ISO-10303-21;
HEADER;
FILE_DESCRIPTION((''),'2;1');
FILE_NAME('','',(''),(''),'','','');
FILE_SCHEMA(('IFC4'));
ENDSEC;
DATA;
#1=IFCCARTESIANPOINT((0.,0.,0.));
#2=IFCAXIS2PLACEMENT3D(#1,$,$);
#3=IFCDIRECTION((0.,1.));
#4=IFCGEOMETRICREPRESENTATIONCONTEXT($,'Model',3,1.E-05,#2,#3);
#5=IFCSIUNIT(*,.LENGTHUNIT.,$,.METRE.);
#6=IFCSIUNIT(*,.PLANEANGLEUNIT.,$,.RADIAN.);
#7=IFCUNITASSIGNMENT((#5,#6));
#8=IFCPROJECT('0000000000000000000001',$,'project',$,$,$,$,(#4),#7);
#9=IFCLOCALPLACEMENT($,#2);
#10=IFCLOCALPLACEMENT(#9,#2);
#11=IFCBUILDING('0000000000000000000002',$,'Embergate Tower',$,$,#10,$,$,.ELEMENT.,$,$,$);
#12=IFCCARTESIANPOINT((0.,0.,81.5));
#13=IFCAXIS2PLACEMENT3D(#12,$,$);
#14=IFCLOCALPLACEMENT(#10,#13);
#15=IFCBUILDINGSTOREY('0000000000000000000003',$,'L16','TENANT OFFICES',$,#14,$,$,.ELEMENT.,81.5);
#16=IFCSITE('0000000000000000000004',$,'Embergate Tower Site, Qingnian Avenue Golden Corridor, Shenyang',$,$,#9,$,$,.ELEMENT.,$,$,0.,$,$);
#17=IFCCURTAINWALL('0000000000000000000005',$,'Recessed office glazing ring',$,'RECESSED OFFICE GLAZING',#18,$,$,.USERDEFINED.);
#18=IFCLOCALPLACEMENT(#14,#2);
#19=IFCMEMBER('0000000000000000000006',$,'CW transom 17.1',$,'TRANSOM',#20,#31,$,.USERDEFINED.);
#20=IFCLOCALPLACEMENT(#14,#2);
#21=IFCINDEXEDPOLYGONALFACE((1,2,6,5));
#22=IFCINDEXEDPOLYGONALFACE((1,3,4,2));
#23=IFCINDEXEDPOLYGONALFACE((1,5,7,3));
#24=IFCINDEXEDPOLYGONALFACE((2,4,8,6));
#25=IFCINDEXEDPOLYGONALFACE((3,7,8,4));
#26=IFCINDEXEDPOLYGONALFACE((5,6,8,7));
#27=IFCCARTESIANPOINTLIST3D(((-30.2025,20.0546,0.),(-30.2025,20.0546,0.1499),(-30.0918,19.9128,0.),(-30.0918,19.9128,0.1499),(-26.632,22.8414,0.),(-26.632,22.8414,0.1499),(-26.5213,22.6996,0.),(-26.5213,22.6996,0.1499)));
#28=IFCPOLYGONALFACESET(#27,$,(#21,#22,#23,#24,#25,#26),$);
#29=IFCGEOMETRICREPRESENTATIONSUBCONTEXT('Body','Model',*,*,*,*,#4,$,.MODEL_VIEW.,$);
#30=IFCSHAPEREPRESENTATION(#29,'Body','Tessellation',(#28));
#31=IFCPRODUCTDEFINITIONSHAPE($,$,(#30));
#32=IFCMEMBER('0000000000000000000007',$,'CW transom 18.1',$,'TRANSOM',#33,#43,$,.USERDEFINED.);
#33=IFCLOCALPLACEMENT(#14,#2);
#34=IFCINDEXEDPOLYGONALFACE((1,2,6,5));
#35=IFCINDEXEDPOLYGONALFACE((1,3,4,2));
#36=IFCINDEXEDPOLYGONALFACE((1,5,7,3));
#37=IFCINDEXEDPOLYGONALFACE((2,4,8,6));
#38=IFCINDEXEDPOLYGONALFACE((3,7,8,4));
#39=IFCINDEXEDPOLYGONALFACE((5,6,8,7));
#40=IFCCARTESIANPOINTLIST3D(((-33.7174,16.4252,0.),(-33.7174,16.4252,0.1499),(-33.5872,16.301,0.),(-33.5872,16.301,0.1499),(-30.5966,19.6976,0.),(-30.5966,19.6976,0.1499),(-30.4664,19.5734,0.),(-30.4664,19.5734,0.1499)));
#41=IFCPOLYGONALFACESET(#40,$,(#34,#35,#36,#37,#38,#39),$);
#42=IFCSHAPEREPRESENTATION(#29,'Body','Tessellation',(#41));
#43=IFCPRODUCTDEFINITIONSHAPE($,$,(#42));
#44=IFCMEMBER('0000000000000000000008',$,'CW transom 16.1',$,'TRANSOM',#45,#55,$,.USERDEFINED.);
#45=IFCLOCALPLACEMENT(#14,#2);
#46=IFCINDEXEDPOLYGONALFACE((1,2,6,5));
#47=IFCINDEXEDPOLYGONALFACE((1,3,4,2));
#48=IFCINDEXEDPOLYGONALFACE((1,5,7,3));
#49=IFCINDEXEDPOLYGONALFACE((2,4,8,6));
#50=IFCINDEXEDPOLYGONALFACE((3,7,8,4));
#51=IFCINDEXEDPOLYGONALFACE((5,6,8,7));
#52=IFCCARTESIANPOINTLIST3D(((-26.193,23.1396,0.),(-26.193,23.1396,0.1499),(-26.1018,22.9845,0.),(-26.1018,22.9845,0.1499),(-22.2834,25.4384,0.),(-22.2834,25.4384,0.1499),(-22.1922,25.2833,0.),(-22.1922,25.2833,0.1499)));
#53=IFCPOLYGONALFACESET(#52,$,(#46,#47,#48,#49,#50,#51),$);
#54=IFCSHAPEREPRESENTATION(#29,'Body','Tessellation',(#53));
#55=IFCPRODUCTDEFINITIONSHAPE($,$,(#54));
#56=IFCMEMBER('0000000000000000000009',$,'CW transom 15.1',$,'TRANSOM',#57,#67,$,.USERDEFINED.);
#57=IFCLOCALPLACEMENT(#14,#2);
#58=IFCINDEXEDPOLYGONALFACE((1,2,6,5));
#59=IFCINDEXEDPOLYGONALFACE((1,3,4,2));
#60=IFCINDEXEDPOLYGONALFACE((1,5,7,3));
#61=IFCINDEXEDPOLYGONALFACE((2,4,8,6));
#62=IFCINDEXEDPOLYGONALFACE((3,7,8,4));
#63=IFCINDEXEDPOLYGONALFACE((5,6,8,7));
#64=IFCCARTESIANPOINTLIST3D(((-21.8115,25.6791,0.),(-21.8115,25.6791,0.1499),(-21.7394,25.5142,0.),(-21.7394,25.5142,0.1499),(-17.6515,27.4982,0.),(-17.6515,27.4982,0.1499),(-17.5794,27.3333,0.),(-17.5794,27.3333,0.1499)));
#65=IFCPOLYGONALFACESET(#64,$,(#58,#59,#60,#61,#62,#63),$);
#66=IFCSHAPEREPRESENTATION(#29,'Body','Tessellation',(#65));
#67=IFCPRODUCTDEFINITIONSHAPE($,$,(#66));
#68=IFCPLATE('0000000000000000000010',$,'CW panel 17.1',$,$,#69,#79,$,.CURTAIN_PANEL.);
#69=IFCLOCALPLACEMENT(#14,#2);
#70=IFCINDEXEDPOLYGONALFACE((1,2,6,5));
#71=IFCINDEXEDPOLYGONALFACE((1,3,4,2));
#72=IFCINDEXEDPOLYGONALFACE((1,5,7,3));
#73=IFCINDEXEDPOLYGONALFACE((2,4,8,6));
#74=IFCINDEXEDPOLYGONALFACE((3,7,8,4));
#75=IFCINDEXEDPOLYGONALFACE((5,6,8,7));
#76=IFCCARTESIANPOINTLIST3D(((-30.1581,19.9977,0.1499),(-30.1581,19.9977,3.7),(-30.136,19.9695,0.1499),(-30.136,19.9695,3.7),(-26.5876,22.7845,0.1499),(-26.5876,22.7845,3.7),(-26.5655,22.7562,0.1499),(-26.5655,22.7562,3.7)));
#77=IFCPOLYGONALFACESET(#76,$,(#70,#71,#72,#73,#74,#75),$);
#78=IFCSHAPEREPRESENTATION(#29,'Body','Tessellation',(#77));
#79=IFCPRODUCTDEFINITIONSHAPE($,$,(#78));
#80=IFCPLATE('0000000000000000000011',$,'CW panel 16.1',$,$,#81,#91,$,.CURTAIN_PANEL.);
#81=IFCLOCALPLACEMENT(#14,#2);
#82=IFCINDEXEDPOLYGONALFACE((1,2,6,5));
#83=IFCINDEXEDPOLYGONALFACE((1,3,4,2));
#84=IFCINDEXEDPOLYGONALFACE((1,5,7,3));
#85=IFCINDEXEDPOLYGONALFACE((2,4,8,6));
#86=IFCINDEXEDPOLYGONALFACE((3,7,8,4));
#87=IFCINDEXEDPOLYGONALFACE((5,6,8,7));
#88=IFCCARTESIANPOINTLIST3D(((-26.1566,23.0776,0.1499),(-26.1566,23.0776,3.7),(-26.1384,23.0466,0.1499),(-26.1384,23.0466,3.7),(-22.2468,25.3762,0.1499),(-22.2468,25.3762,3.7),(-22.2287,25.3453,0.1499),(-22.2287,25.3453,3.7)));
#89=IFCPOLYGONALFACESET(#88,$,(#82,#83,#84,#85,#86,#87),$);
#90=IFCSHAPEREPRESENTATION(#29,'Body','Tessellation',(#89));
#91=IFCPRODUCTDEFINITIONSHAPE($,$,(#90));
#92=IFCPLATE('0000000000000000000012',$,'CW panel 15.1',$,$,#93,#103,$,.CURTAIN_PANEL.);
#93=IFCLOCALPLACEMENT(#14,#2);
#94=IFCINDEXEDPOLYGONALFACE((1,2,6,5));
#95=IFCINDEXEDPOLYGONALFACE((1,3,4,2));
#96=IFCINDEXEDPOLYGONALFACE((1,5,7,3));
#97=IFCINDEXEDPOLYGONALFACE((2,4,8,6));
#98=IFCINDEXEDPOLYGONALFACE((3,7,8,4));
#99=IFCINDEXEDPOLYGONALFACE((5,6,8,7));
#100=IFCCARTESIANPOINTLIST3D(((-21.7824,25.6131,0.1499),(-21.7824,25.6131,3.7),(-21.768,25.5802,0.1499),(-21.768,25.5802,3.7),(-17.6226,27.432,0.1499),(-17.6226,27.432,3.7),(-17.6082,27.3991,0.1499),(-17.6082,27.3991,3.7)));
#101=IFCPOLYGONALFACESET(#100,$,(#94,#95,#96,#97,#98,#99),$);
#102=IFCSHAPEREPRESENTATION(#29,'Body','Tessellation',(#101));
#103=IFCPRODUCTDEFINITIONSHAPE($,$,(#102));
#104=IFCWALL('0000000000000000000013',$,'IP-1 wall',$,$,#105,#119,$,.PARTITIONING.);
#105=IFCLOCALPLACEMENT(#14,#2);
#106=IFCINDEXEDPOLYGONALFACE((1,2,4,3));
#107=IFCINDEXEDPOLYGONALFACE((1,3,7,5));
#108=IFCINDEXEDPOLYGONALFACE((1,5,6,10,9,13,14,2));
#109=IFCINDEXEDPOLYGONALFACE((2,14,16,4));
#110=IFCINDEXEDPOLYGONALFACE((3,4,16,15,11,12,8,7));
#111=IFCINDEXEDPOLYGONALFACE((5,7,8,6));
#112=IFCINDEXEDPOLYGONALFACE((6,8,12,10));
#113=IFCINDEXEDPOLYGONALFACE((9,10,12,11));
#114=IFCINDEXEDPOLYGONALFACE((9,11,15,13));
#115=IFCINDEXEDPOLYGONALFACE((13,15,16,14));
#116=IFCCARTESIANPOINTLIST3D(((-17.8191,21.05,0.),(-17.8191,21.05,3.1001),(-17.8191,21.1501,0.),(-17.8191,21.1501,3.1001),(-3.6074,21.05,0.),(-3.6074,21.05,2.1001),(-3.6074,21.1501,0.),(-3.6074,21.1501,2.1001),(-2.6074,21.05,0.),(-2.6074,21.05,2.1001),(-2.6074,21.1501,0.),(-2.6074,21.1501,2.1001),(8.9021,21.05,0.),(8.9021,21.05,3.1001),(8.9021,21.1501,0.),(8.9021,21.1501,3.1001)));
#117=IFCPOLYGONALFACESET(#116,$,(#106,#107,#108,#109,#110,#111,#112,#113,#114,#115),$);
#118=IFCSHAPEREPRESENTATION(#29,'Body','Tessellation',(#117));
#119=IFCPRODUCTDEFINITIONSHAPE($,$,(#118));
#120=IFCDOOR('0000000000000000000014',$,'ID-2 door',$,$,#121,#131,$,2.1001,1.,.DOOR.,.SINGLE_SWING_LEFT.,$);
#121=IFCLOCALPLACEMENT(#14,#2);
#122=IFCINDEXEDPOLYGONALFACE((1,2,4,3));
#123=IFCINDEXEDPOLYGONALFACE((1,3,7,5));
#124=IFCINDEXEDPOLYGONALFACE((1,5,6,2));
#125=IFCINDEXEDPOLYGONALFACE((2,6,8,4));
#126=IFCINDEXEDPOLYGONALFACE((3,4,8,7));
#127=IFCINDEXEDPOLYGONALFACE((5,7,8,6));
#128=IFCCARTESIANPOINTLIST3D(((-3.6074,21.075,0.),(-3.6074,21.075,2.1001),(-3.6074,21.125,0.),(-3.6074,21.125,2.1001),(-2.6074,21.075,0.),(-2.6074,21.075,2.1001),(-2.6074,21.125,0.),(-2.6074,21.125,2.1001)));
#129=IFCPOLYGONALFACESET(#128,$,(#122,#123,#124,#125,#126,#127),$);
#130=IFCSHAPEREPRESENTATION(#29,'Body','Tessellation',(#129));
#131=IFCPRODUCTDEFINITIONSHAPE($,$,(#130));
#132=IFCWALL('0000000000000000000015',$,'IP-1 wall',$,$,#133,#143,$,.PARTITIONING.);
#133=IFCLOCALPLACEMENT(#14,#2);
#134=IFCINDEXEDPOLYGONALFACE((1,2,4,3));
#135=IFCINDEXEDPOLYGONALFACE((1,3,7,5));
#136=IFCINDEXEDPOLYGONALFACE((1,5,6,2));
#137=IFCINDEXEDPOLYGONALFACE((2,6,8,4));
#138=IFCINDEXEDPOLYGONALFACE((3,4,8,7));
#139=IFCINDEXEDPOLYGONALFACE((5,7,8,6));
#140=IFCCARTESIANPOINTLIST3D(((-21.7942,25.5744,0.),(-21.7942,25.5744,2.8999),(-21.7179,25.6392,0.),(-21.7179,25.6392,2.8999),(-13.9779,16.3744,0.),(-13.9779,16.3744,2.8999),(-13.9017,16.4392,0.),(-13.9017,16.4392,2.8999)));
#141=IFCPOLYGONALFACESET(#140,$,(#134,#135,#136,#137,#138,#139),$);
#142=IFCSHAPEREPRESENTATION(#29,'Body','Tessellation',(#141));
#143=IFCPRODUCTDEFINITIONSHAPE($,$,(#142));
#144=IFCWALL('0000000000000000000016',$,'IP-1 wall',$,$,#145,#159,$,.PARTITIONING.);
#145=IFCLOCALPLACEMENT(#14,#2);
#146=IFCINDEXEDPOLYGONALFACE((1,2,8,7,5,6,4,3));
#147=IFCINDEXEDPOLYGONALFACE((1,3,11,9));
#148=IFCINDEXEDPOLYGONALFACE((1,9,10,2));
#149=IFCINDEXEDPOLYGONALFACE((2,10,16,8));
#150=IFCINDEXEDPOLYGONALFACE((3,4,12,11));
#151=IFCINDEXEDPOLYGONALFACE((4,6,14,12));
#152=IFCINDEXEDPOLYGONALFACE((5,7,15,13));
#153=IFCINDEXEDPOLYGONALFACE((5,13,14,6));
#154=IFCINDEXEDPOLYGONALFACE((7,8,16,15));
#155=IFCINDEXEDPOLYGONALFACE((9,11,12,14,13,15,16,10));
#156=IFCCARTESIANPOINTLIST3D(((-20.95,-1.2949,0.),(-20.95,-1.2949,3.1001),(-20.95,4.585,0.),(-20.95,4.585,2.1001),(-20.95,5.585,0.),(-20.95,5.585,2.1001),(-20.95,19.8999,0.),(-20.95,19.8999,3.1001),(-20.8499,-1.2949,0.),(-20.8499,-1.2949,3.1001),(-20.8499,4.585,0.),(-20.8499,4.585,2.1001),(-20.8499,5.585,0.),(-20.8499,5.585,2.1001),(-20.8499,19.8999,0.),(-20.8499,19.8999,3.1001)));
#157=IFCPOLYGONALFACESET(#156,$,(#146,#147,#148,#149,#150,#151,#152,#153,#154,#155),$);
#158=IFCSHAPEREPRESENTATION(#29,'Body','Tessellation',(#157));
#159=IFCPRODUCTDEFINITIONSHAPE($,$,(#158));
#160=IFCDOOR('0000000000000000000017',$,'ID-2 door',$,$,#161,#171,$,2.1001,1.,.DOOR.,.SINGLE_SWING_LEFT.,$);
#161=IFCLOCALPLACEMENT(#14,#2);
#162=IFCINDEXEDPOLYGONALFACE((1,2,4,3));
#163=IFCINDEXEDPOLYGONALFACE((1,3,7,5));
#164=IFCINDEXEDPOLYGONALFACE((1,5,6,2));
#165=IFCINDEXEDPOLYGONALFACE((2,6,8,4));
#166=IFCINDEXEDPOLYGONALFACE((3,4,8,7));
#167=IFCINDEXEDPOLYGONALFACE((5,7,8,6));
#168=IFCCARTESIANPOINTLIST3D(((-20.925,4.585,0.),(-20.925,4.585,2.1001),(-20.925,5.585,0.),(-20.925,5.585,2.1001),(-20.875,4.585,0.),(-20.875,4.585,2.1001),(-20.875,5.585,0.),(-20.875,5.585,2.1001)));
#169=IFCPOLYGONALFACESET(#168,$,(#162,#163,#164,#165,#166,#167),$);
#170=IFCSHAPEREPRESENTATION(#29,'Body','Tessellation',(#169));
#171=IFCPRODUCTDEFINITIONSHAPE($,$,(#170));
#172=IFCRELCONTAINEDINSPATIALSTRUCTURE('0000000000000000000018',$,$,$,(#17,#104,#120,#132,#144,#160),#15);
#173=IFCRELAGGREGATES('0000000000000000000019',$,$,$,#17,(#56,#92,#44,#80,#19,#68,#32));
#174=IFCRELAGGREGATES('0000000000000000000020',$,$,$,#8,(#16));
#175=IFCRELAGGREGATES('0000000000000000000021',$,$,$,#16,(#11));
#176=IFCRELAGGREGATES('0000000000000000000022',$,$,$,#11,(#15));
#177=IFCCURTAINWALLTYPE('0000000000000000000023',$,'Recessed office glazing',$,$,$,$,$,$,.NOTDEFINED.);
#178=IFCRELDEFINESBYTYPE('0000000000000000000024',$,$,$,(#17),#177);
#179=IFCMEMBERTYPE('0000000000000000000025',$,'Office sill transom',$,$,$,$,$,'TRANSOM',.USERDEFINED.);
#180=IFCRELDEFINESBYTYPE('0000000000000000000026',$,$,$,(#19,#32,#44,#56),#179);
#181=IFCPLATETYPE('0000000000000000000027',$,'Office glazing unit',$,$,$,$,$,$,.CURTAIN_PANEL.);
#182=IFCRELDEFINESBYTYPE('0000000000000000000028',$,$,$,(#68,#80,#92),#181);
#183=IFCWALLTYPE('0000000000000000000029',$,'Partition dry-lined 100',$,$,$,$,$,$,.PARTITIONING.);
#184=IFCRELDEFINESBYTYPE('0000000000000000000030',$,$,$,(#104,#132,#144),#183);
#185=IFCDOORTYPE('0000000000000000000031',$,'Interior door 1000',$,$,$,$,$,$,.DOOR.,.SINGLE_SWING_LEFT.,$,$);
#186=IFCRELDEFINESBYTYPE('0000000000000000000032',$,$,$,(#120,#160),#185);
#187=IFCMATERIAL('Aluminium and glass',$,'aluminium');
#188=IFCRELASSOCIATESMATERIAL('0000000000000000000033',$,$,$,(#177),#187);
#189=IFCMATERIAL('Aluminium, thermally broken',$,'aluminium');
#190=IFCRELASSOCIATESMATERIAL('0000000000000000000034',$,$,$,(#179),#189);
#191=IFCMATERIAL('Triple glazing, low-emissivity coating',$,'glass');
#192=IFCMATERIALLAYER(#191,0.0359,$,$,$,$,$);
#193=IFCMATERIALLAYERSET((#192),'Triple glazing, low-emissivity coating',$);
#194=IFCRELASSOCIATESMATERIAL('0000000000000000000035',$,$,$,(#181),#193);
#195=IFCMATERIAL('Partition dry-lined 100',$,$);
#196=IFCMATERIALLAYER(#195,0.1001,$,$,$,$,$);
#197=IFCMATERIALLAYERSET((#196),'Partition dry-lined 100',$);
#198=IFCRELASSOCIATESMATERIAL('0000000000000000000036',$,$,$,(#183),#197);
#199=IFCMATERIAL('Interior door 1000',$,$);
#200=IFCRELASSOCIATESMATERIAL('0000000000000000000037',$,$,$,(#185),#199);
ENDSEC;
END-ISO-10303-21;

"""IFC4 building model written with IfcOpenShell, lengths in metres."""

from ifc_helpers import new_model, si_unit, direction, frame, frame_2d, origin, origin_2d, place, context, subcontext, project, spatial, rectangle, extrude, source, transform, mapped, material, layer, layer_set, material_profile, profile_set, type_object, element, fill, aggregate, save


model = new_model("IFC4")

# Units and contexts
model_context = context("Model", 3, precision=1e-05, world=origin(), true_north=direction((0.0, 1.0)))
body_context = subcontext(model_context, "Body", "Model", "MODEL_VIEW")
ifc_project = project(units=[si_unit("LENGTHUNIT", "METRE"), si_unit("PLANEANGLEUNIT", "RADIAN")], contexts=[model_context])

# Site, building, storey
site_placement = place(None, origin())
site = spatial("IfcSite", under=ifc_project, at=site_placement, Name="Embergate Tower Site, Qingnian Avenue Golden Corridor, Shenyang", CompositionType="ELEMENT", RefElevation=0.0)
building_placement = place(site_placement, origin())
building = spatial("IfcBuilding", under=site, at=building_placement, Name="Embergate Tower", CompositionType="ELEMENT")
storey_placement = place(building_placement, frame((0.0, 0.0, 81.5)))
storey = spatial("IfcBuildingStorey", under=building, at=storey_placement, Name="L16", Description="TENANT OFFICES", CompositionType="ELEMENT", Elevation=81.5)

# Curtain wall, members, plates
ifc_material_1 = material(Name="Aluminium and glass", Category="aluminium")
curtain_wall_type = type_object("IfcCurtainWallType", Name="Recessed office glazing", PredefinedType="NOTDEFINED", material=ifc_material_1)
curtain_wall_placement = place(storey_placement, origin())
curtain_wall = element("IfcCurtainWall", 1, at=curtain_wall_placement, inside=storey, type_object=curtain_wall_type, Name="Recessed office glazing ring", ObjectType="RECESSED OFFICE GLAZING", PredefinedType="USERDEFINED")
ifc_material_2 = material(Name="Aluminium, thermally broken", Category="aluminium")
ifc_material_profile_1 = material_profile(ifc_material_2, rectangle(XDim=0.1799, YDim=0.1499, at=origin_2d()), Name="AL 150x180")
ifc_profile_set_1 = profile_set([ifc_material_profile_1], Name="Aluminium, thermally broken")
member_type_1 = type_object("IfcMemberType", Name="Office sill transom", ElementType="TRANSOM", PredefinedType="USERDEFINED", material=ifc_profile_set_1)
shared_shape_1 = source(origin(), body_context, "Body", "SweptSolid", [
    extrude(rectangle(XDim=0.1799, YDim=0.1499, at=origin_2d()), origin(), (0.0, 0.0, 1.0), 4.5293),
])
member_1_placement = place(storey_placement, frame((-26.5767, 22.7705, 0.075), z_axis=(-0.788306, -0.615283, 0.0), x_axis=(0.615283, -0.788306, 0.0)))
member_1 = element("IfcMember", 2, at=member_1_placement, type_object=member_type_1, Name="CW transom 17.1", ObjectType="TRANSOM", PredefinedType="USERDEFINED", context=body_context, shape_type="MappedRepresentation", body=[
    mapped(shared_shape_1, transform((0.0, 0.0, 0.0))),
])
shared_shape_2 = source(origin(), body_context, "Body", "SweptSolid", [
    extrude(rectangle(XDim=0.1799, YDim=0.1499, at=origin_2d()), origin(), (0.0, 0.0, 1.0), 4.522),
])
member_2_placement = place(storey_placement, frame((-30.5315, 19.6355, 0.075), z_axis=(-0.690144, -0.723672, 0.0), x_axis=(0.723672, -0.690144, 0.0)))
member_2 = element("IfcMember", 3, at=member_2_placement, type_object=member_type_1, Name="CW transom 18.1", ObjectType="TRANSOM", PredefinedType="USERDEFINED", context=body_context, shape_type="MappedRepresentation", body=[
    mapped(shared_shape_2, transform((0.0, 0.0, 0.0))),
])
shared_shape_3 = source(origin(), body_context, "Body", "SweptSolid", [
    extrude(rectangle(XDim=0.1799, YDim=0.1499, at=origin_2d()), origin(), (0.0, 0.0, 1.0), 4.5354),
])
member_3_placement = place(storey_placement, frame((-22.2378, 25.3608, 0.075), z_axis=(-0.862028, -0.50686, 0.0), x_axis=(0.50686, -0.862028, 0.0)))
member_3 = element("IfcMember", 4, at=member_3_placement, type_object=member_type_1, Name="CW transom 16.1", ObjectType="TRANSOM", PredefinedType="USERDEFINED", context=body_context, shape_type="MappedRepresentation", body=[
    mapped(shared_shape_3, transform((0.0, 0.0, 0.0))),
])
shared_shape_4 = source(origin(), body_context, "Body", "SweptSolid", [
    extrude(rectangle(XDim=0.1799, YDim=0.1499, at=origin_2d()), origin(), (0.0, 0.0, 1.0), 4.5403),
])
member_4_placement = place(storey_placement, frame((-17.6155, 27.4158, 0.075), z_axis=(-0.916228, -0.400658, 0.0), x_axis=(0.400658, -0.916228, 0.0)))
member_4 = element("IfcMember", 5, at=member_4_placement, type_object=member_type_1, Name="CW transom 15.1", ObjectType="TRANSOM", PredefinedType="USERDEFINED", context=body_context, shape_type="MappedRepresentation", body=[
    mapped(shared_shape_4, transform((0.0, 0.0, 0.0))),
])
ifc_material_3 = material(Name="Triple glazing, low-emissivity coating", Category="glass")
ifc_layer_1 = layer(ifc_material_3, 0.0359)
ifc_layer_set_1 = layer_set([ifc_layer_1], Name="Triple glazing, low-emissivity coating")
plate_type = type_object("IfcPlateType", Name="Office glazing unit", PredefinedType="CURTAIN_PANEL", material=ifc_layer_set_1)
shared_shape_5 = source(origin(), body_context, "Body", "SweptSolid", [
    extrude(rectangle(XDim=4.5293, YDim=0.0359, at=origin_2d()), origin(), (0.0, 0.0, 1.0), 3.55),
])
plate_1_placement = place(storey_placement, frame((-28.3618, 21.377, 0.1499), z_axis=(0.0, 0.0, 1.0), x_axis=(-0.788321, -0.615264, 0.0)))
plate_1 = element("IfcPlate", 6, at=plate_1_placement, type_object=plate_type, Name="CW panel 17.1", PredefinedType="CURTAIN_PANEL", context=body_context, shape_type="MappedRepresentation", body=[
    mapped(shared_shape_5, transform((0.0, 0.0, 0.0))),
])
shared_shape_6 = source(origin(), body_context, "Body", "SweptSolid", [
    extrude(rectangle(XDim=4.5354, YDim=0.0359, at=origin_2d()), origin(), (0.0, 0.0, 1.0), 3.55),
])
plate_2_placement = place(storey_placement, frame((-24.1926, 24.2114, 0.1499), z_axis=(0.0, 0.0, 1.0), x_axis=(-0.862053, -0.506818, 0.0)))
plate_2 = element("IfcPlate", 7, at=plate_2_placement, type_object=plate_type, Name="CW panel 16.1", PredefinedType="CURTAIN_PANEL", context=body_context, shape_type="MappedRepresentation", body=[
    mapped(shared_shape_6, transform((0.0, 0.0, 0.0))),
])
shared_shape_7 = source(origin(), body_context, "Body", "SweptSolid", [
    extrude(rectangle(XDim=4.54, YDim=0.0359, at=origin_2d()), origin(), (0.0, 0.0, 1.0), 3.55),
])
plate_3_placement = place(storey_placement, frame((-19.6953, 26.5061, 0.1499), z_axis=(0.0, 0.0, 1.0), x_axis=(-0.916236, -0.400638, 0.0)))
plate_3 = element("IfcPlate", 8, at=plate_3_placement, type_object=plate_type, Name="CW panel 15.1", PredefinedType="CURTAIN_PANEL", context=body_context, shape_type="MappedRepresentation", body=[
    mapped(shared_shape_7, transform((0.0, 0.0, 0.0))),
])
aggregate(curtain_wall, [member_4, plate_3, member_3, plate_2, member_1, plate_1, member_2])

# Wall, opening, door
ifc_material_4 = material(Name="Partition dry-lined 100")
ifc_layer_2 = layer(ifc_material_4, 0.1001)
ifc_layer_set_2 = layer_set([ifc_layer_2], Name="Partition dry-lined 100")
wall_type = type_object("IfcWallType", Name="Partition dry-lined 100", PredefinedType="PARTITIONING", material=ifc_layer_set_2)
shared_shape_8 = source(origin(), body_context, "Body", "SweptSolid", [
    extrude(rectangle(XDim=26.7212, YDim=0.1001, at=frame_2d((13.3606, 0.0))), origin(), (0.0, 0.0, 1.0), 3.1001),
])
wall_1_placement = place(storey_placement, frame((-17.8191, 21.1001, 0.0), z_axis=(0.0, 0.0, 1.0), x_axis=(1.0, 0.0, 0.0)))
wall_1 = element("IfcWall", 9, at=wall_1_placement, inside=storey, type_object=wall_type, Name="IP-1 wall", PredefinedType="PARTITIONING", context=body_context, shape_type="MappedRepresentation", body=[
    mapped(shared_shape_8, transform((0.0, 0.0, 0.0))),
])
shared_shape_9 = source(origin(), body_context, "Body", "SweptSolid", [
    extrude(rectangle(XDim=1.0, YDim=2.1001, at=frame_2d((0.5, 1.05))), frame((0.0, 0.0601, 0.0), z_axis=(0.0, -1.0, 0.0), x_axis=(1.0, 0.0, 0.0)), (0.0, 0.0, 1.0), 0.1201),
])
opening_1_placement = place(wall_1_placement, frame((14.2117, 0.0, 0.0)))
opening_1 = element("IfcOpeningElement", 10, at=opening_1_placement, cuts=wall_1, PredefinedType="OPENING", context=body_context, shape_type="MappedRepresentation", body=[
    mapped(shared_shape_9, transform((0.0, 0.0, 0.0))),
])
ifc_material_5 = material(Name="Interior door 1000")
door_type = type_object("IfcDoorType", Name="Interior door 1000", OperationType="SINGLE_SWING_LEFT", PredefinedType="DOOR", material=ifc_material_5)
shared_shape_10 = source(origin(), body_context, "Body", "SweptSolid", [
    extrude(rectangle(XDim=1.0, YDim=2.1001, at=frame_2d((0.5, 1.05))), frame((0.0, 0.0249, 0.0), z_axis=(0.0, -1.0, 0.0), x_axis=(1.0, 0.0, 0.0)), (0.0, 0.0, 1.0), 0.05),
])
door_1_placement = place(opening_1_placement, origin())
door_1 = element("IfcDoor", 11, at=door_1_placement, inside=storey, type_object=door_type, Name="ID-2 door", OperationType="SINGLE_SWING_LEFT", OverallHeight=2.1001, OverallWidth=1.0, PredefinedType="DOOR", context=body_context, shape_type="MappedRepresentation", body=[
    mapped(shared_shape_10, transform((0.0, 0.0, 0.0))),
])
fill(opening_1, door_1)

# Wall
shared_shape_11 = source(origin(), body_context, "Body", "SweptSolid", [
    extrude(rectangle(XDim=12.072, YDim=0.1001, at=frame_2d((6.0361, 0.0))), origin(), (0.0, 0.0, 1.0), 2.8999),
])
wall_2_placement = place(storey_placement, frame((-21.7561, 25.6069, 0.0), z_axis=(0.0, 0.0, 1.0), x_axis=(0.647466, -0.762094, 0.0)))
element("IfcWall", 12, at=wall_2_placement, inside=storey, type_object=wall_type, Name="IP-1 wall", PredefinedType="PARTITIONING", context=body_context, shape_type="MappedRepresentation", body=[
    mapped(shared_shape_11, transform((0.0, 0.0, 0.0))),
])

# Wall, opening, door
shared_shape_12 = source(origin(), body_context, "Body", "SweptSolid", [
    extrude(rectangle(XDim=21.1948, YDim=0.1001, at=frame_2d((10.5974, 0.0))), origin(), (0.0, 0.0, 1.0), 3.1001),
])
wall_3_placement = place(storey_placement, frame((-20.8999, 19.8999, 0.0), z_axis=(0.0, 0.0, 1.0), x_axis=(0.0, -1.0, 0.0)))
wall_3 = element("IfcWall", 13, at=wall_3_placement, inside=storey, type_object=wall_type, Name="IP-1 wall", PredefinedType="PARTITIONING", context=body_context, shape_type="MappedRepresentation", body=[
    mapped(shared_shape_12, transform((0.0, 0.0, 0.0))),
])
opening_2_placement = place(wall_3_placement, frame((14.3149, 0.0, 0.0)))
opening_2 = element("IfcOpeningElement", 14, at=opening_2_placement, cuts=wall_3, PredefinedType="OPENING", context=body_context, shape_type="MappedRepresentation", body=[
    mapped(shared_shape_9, transform((0.0, 0.0, 0.0))),
])
door_2_placement = place(opening_2_placement, origin())
door_2 = element("IfcDoor", 15, at=door_2_placement, inside=storey, type_object=door_type, Name="ID-2 door", OperationType="SINGLE_SWING_LEFT", OverallHeight=2.1001, OverallWidth=1.0, PredefinedType="DOOR", context=body_context, shape_type="MappedRepresentation", body=[
    mapped(shared_shape_10, transform((0.0, 0.0, 0.0))),
])
fill(opening_2, door_2)

save(model, "model.ifc")
